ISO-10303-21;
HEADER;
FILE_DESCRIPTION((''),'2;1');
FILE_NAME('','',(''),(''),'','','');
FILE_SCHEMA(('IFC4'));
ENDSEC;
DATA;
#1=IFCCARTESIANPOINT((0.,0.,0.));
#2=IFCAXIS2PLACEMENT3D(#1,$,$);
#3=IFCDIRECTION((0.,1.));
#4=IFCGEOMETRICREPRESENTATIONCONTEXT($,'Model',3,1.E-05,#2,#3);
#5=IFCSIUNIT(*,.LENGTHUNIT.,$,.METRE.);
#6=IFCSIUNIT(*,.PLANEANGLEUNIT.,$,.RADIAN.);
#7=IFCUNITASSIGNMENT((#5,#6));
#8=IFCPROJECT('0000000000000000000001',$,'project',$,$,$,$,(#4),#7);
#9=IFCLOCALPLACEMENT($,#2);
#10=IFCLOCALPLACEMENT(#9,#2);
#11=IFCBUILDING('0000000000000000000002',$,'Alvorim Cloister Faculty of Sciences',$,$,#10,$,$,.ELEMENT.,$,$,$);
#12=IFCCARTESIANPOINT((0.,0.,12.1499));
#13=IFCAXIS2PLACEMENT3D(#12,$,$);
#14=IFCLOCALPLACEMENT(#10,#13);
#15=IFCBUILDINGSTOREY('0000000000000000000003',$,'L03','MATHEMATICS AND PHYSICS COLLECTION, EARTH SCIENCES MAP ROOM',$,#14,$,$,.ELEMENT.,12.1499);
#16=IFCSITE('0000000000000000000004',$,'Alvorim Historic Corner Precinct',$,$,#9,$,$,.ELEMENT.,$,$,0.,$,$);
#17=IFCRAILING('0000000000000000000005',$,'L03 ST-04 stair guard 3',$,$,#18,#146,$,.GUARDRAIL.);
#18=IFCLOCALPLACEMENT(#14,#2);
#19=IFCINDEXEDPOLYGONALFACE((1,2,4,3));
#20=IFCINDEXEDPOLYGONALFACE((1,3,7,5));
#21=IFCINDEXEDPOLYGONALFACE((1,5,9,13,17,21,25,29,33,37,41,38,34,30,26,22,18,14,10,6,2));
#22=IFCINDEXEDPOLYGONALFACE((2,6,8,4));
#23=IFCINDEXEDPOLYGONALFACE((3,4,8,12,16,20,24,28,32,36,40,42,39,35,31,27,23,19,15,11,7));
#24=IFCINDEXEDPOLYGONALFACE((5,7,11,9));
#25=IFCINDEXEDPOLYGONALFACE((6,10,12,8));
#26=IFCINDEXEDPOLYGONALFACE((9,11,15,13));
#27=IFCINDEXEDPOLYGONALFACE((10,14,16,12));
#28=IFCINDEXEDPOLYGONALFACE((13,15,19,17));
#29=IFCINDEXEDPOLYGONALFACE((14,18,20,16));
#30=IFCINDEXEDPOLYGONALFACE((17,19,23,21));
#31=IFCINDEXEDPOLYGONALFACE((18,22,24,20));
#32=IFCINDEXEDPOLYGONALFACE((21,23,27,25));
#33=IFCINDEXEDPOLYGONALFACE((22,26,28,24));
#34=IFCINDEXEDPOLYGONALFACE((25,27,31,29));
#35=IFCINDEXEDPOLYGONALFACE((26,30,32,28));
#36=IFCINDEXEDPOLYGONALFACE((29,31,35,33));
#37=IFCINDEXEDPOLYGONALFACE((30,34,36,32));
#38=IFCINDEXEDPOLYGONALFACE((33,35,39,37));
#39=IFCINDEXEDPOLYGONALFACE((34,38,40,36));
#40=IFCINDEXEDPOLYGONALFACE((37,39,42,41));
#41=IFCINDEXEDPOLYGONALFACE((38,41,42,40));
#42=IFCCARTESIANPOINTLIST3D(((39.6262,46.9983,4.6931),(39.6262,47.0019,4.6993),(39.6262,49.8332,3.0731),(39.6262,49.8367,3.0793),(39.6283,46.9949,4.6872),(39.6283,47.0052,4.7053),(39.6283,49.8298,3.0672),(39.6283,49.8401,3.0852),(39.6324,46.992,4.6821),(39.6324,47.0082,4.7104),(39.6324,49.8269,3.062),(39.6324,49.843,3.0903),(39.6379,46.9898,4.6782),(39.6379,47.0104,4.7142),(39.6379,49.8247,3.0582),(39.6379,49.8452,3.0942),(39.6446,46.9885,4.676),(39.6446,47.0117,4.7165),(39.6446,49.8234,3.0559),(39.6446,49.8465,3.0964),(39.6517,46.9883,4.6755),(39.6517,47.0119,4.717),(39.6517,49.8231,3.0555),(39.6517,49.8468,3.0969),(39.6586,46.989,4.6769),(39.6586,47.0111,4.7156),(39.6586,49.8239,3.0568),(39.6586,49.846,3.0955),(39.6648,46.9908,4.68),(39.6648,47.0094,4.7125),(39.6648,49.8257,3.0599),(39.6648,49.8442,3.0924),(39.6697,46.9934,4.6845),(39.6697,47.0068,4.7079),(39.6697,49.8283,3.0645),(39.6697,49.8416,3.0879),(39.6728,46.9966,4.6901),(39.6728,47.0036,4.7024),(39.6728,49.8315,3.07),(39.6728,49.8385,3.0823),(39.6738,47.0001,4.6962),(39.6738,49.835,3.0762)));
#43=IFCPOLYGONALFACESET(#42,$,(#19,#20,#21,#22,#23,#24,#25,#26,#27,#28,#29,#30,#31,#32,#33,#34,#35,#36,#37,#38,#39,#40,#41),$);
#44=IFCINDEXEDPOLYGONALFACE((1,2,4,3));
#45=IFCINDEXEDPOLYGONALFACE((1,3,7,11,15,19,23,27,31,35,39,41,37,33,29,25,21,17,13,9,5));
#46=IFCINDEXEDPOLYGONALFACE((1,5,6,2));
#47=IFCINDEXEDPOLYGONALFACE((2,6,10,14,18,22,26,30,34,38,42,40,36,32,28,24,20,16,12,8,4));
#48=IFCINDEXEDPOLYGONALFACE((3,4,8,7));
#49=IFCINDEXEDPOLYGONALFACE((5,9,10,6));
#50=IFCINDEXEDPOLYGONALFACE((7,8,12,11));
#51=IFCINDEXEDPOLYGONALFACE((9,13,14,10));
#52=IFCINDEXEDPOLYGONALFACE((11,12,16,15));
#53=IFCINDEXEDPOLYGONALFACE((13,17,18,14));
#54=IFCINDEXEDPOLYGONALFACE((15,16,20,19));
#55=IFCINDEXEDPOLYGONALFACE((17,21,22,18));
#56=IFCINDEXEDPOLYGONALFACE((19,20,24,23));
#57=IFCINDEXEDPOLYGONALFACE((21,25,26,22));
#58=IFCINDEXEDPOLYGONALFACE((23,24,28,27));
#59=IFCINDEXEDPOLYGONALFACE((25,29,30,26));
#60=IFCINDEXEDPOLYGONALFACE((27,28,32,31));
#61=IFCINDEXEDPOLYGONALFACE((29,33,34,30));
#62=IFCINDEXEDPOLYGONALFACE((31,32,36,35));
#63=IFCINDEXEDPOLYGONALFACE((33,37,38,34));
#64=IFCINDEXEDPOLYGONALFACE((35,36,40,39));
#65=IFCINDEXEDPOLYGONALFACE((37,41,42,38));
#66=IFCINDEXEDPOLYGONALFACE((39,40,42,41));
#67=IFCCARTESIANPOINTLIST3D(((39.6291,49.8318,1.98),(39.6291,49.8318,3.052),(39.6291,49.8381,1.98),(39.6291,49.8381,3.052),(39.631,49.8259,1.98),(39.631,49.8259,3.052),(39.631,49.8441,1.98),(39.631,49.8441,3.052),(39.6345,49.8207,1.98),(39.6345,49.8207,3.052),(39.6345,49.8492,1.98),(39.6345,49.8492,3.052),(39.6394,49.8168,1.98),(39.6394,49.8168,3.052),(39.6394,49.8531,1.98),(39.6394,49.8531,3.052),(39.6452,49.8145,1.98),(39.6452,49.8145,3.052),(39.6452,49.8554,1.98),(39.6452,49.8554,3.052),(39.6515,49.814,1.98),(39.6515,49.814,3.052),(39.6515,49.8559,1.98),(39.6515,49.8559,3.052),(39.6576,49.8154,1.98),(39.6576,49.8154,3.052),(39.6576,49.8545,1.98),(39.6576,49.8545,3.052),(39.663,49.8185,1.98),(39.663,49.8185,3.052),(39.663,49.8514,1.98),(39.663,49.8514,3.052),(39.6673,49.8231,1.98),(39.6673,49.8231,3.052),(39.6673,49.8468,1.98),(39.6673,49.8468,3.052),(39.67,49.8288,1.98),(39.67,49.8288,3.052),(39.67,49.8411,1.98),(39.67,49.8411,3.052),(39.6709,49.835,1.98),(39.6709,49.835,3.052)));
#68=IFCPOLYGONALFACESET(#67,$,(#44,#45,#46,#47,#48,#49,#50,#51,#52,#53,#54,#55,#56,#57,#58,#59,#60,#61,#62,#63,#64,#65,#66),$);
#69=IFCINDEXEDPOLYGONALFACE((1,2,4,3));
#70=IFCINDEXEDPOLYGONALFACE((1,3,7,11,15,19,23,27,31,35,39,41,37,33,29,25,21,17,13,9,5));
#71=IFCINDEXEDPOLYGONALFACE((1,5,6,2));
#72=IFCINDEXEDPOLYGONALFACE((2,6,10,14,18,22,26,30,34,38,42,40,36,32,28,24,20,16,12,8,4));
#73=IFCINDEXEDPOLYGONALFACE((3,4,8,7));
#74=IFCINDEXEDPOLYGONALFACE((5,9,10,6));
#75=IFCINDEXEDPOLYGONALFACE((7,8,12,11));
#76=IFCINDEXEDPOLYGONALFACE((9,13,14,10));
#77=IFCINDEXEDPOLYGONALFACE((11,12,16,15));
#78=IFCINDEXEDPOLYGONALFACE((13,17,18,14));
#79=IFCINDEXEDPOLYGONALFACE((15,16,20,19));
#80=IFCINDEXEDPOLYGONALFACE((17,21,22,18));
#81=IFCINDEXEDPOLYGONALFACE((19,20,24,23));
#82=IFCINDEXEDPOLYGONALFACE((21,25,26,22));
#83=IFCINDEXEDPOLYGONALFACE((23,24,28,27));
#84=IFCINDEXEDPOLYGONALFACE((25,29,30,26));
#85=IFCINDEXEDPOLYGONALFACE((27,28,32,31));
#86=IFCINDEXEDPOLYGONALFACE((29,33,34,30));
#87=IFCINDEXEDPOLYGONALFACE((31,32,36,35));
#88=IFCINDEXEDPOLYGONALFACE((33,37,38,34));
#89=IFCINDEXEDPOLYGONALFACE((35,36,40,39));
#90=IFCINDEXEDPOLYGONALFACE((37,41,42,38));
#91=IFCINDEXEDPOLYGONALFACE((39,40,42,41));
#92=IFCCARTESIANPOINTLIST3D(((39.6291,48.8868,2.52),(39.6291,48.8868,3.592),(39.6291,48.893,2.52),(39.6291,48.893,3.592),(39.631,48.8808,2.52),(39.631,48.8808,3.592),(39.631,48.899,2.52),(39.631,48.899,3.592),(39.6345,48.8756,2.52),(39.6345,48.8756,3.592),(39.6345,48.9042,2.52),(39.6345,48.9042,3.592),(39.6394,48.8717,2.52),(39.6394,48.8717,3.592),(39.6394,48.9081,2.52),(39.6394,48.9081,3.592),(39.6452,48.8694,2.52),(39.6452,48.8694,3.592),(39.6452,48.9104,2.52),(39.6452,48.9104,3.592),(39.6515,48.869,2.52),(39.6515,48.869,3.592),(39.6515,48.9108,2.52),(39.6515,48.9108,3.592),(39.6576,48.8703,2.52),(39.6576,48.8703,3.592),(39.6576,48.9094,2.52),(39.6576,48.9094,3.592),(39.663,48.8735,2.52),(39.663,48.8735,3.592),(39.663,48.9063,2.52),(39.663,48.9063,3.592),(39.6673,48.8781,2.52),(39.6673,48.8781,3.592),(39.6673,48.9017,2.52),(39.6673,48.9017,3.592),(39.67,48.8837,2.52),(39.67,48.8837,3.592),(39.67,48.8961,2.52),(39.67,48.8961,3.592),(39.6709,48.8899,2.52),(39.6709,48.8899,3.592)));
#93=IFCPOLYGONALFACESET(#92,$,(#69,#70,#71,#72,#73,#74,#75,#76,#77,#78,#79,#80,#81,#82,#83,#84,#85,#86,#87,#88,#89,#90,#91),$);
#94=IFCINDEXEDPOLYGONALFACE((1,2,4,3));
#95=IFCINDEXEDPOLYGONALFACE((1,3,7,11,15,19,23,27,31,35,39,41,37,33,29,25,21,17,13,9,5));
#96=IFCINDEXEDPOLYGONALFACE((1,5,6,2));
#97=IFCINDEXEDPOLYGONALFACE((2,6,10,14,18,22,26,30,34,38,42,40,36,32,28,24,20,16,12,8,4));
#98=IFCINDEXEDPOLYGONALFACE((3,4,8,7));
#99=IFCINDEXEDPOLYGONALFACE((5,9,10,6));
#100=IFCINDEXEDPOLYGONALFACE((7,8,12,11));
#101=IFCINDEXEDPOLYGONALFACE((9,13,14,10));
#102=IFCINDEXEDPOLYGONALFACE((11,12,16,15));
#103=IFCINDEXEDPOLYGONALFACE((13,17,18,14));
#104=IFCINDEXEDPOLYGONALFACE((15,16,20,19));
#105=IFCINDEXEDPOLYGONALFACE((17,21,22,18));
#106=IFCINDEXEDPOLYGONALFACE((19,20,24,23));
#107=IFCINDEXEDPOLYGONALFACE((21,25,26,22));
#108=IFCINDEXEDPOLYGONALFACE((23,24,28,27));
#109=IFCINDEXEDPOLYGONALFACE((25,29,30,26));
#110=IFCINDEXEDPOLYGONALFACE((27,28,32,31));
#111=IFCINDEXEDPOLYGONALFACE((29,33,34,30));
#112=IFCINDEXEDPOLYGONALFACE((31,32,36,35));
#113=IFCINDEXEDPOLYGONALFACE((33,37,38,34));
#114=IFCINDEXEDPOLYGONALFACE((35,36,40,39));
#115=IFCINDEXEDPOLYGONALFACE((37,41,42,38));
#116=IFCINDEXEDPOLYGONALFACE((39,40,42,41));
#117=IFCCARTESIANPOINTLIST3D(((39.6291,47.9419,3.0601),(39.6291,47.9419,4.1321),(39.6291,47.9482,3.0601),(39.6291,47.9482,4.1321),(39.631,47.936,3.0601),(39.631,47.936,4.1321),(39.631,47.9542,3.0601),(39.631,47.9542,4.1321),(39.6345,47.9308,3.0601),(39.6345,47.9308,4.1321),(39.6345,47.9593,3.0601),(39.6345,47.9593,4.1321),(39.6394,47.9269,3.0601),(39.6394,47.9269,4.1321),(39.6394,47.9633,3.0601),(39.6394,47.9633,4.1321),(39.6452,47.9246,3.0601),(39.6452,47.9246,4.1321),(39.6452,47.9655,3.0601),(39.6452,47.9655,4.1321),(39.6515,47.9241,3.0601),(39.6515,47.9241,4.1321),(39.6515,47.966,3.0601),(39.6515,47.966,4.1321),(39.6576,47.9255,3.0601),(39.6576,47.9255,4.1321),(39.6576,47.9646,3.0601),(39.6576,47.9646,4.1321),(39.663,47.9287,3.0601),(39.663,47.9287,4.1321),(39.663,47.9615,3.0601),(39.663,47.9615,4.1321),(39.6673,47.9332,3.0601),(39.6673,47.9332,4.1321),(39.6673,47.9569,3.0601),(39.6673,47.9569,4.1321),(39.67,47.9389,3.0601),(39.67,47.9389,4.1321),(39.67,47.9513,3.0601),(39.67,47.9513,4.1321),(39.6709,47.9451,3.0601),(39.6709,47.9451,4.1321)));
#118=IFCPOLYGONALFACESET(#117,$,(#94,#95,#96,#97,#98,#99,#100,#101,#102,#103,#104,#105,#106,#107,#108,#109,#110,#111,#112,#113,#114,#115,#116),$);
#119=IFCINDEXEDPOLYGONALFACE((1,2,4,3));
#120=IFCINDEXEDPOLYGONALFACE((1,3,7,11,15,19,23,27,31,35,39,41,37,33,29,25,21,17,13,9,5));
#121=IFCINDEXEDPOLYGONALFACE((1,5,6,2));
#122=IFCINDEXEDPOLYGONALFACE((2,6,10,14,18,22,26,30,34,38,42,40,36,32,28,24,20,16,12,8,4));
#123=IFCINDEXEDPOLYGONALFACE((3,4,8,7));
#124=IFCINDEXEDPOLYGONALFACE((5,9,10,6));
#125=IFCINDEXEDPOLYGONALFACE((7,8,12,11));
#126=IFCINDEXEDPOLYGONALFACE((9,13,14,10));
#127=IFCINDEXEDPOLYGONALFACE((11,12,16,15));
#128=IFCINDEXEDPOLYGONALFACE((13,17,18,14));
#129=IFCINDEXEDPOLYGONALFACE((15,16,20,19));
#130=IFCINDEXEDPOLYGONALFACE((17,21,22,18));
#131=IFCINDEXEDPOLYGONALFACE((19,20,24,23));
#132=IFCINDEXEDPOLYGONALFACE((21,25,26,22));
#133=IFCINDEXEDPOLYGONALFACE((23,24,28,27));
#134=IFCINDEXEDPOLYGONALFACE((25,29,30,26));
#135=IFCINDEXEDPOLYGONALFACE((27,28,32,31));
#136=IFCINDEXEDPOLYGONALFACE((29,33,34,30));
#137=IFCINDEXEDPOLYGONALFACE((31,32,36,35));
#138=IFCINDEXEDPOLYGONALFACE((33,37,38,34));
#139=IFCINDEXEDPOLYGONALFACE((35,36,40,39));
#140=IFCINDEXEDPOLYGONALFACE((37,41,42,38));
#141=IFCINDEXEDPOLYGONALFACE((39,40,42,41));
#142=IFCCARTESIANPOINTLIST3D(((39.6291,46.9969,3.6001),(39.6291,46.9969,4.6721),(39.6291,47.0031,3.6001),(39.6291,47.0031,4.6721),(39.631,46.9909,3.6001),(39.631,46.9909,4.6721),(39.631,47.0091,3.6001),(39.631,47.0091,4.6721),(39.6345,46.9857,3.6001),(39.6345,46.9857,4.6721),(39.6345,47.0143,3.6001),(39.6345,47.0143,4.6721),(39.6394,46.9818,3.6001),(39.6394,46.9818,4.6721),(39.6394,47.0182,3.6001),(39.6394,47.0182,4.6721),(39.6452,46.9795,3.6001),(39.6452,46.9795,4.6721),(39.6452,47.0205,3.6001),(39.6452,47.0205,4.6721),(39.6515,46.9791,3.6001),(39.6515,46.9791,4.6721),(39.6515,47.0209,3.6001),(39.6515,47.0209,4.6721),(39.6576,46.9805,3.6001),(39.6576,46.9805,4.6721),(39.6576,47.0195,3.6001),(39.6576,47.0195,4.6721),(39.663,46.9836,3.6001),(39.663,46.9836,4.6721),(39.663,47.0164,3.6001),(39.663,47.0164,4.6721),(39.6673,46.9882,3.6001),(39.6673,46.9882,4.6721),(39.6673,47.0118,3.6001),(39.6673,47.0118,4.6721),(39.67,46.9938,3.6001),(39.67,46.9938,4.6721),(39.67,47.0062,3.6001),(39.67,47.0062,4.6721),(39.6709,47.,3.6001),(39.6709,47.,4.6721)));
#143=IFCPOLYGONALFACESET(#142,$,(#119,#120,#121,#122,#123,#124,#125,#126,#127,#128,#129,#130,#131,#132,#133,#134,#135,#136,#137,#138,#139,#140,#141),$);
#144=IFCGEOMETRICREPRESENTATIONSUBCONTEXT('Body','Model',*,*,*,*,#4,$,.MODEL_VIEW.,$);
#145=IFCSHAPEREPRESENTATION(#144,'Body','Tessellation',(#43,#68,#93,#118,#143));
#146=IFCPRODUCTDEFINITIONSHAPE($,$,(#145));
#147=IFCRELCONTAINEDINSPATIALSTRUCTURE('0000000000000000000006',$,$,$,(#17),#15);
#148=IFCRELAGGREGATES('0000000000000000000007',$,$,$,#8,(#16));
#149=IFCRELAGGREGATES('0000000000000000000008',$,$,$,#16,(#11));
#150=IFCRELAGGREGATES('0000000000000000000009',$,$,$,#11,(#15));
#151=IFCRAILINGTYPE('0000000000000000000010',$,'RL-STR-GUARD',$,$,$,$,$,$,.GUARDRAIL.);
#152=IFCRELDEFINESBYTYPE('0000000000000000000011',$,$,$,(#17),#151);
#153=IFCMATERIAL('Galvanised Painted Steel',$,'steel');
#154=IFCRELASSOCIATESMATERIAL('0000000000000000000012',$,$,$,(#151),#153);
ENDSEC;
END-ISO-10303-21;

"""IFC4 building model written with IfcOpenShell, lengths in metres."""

from ifc_helpers import new_model, si_unit, direction, frame, origin, origin_2d, place, context, subcontext, project, spatial, circle, extrude, material, type_object, element, save


model = new_model("IFC4")

# Units and contexts
model_context = context("Model", 3, precision=1e-05, world=origin(), true_north=direction((0.0, 1.0)))
body_context = subcontext(model_context, "Body", "Model", "MODEL_VIEW")
ifc_project = project(units=[si_unit("LENGTHUNIT", "METRE"), si_unit("PLANEANGLEUNIT", "RADIAN")], contexts=[model_context])

# Site, building, storey
site_placement = place(None, origin())
site = spatial("IfcSite", under=ifc_project, at=site_placement, Name="Alvorim Historic Corner Precinct", CompositionType="ELEMENT", RefElevation=0.0)
building_placement = place(site_placement, origin())
building = spatial("IfcBuilding", under=site, at=building_placement, Name="Alvorim Cloister Faculty of Sciences", CompositionType="ELEMENT")
storey_placement = place(building_placement, frame((0.0, 0.0, 12.1499)))
storey = spatial("IfcBuildingStorey", under=building, at=storey_placement, Name="L03", Description="MATHEMATICS AND PHYSICS COLLECTION, EARTH SCIENCES MAP ROOM", CompositionType="ELEMENT", Elevation=12.1499)

# Railing
ifc_material_1 = material(Name="Galvanised Painted Steel", Category="steel")
railing_type_1 = type_object("IfcRailingType", Name="RL-STR-GUARD", PredefinedType="GUARDRAIL", material=ifc_material_1)
railing_1_placement = place(storey_placement, frame((39.6499, 49.835, 1.98)))
element("IfcRailing", 1, at=railing_1_placement, inside=storey, type_object=railing_type_1, Name="L03 ST-04 stair guard 3", PredefinedType="GUARDRAIL", context=body_context, shape_type="SweptSolid", body=[
    extrude(circle(Radius=0.0239, at=origin_2d()), frame((0.0, 0.0, 1.0962), z_axis=(0.0, -0.868225, 0.496171), x_axis=(1.0, 0.0, 0.0)), (0.0, 0.0, 1.0), 3.2651),
    extrude(circle(Radius=0.021, at=origin_2d()), origin(), (0.0, 0.0, 1.0), 1.072),
    extrude(circle(Radius=0.021, at=origin_2d()), frame((0.0, -0.9451, 0.54)), (0.0, 0.0, 1.0), 1.072),
    extrude(circle(Radius=0.021, at=origin_2d()), frame((0.0, -1.8899, 1.0801)), (0.0, 0.0, 1.0), 1.072),
    extrude(circle(Radius=0.021, at=origin_2d()), frame((0.0, -2.835, 1.6201)), (0.0, 0.0, 1.0), 1.072),
])

save(model, "model.ifc")
